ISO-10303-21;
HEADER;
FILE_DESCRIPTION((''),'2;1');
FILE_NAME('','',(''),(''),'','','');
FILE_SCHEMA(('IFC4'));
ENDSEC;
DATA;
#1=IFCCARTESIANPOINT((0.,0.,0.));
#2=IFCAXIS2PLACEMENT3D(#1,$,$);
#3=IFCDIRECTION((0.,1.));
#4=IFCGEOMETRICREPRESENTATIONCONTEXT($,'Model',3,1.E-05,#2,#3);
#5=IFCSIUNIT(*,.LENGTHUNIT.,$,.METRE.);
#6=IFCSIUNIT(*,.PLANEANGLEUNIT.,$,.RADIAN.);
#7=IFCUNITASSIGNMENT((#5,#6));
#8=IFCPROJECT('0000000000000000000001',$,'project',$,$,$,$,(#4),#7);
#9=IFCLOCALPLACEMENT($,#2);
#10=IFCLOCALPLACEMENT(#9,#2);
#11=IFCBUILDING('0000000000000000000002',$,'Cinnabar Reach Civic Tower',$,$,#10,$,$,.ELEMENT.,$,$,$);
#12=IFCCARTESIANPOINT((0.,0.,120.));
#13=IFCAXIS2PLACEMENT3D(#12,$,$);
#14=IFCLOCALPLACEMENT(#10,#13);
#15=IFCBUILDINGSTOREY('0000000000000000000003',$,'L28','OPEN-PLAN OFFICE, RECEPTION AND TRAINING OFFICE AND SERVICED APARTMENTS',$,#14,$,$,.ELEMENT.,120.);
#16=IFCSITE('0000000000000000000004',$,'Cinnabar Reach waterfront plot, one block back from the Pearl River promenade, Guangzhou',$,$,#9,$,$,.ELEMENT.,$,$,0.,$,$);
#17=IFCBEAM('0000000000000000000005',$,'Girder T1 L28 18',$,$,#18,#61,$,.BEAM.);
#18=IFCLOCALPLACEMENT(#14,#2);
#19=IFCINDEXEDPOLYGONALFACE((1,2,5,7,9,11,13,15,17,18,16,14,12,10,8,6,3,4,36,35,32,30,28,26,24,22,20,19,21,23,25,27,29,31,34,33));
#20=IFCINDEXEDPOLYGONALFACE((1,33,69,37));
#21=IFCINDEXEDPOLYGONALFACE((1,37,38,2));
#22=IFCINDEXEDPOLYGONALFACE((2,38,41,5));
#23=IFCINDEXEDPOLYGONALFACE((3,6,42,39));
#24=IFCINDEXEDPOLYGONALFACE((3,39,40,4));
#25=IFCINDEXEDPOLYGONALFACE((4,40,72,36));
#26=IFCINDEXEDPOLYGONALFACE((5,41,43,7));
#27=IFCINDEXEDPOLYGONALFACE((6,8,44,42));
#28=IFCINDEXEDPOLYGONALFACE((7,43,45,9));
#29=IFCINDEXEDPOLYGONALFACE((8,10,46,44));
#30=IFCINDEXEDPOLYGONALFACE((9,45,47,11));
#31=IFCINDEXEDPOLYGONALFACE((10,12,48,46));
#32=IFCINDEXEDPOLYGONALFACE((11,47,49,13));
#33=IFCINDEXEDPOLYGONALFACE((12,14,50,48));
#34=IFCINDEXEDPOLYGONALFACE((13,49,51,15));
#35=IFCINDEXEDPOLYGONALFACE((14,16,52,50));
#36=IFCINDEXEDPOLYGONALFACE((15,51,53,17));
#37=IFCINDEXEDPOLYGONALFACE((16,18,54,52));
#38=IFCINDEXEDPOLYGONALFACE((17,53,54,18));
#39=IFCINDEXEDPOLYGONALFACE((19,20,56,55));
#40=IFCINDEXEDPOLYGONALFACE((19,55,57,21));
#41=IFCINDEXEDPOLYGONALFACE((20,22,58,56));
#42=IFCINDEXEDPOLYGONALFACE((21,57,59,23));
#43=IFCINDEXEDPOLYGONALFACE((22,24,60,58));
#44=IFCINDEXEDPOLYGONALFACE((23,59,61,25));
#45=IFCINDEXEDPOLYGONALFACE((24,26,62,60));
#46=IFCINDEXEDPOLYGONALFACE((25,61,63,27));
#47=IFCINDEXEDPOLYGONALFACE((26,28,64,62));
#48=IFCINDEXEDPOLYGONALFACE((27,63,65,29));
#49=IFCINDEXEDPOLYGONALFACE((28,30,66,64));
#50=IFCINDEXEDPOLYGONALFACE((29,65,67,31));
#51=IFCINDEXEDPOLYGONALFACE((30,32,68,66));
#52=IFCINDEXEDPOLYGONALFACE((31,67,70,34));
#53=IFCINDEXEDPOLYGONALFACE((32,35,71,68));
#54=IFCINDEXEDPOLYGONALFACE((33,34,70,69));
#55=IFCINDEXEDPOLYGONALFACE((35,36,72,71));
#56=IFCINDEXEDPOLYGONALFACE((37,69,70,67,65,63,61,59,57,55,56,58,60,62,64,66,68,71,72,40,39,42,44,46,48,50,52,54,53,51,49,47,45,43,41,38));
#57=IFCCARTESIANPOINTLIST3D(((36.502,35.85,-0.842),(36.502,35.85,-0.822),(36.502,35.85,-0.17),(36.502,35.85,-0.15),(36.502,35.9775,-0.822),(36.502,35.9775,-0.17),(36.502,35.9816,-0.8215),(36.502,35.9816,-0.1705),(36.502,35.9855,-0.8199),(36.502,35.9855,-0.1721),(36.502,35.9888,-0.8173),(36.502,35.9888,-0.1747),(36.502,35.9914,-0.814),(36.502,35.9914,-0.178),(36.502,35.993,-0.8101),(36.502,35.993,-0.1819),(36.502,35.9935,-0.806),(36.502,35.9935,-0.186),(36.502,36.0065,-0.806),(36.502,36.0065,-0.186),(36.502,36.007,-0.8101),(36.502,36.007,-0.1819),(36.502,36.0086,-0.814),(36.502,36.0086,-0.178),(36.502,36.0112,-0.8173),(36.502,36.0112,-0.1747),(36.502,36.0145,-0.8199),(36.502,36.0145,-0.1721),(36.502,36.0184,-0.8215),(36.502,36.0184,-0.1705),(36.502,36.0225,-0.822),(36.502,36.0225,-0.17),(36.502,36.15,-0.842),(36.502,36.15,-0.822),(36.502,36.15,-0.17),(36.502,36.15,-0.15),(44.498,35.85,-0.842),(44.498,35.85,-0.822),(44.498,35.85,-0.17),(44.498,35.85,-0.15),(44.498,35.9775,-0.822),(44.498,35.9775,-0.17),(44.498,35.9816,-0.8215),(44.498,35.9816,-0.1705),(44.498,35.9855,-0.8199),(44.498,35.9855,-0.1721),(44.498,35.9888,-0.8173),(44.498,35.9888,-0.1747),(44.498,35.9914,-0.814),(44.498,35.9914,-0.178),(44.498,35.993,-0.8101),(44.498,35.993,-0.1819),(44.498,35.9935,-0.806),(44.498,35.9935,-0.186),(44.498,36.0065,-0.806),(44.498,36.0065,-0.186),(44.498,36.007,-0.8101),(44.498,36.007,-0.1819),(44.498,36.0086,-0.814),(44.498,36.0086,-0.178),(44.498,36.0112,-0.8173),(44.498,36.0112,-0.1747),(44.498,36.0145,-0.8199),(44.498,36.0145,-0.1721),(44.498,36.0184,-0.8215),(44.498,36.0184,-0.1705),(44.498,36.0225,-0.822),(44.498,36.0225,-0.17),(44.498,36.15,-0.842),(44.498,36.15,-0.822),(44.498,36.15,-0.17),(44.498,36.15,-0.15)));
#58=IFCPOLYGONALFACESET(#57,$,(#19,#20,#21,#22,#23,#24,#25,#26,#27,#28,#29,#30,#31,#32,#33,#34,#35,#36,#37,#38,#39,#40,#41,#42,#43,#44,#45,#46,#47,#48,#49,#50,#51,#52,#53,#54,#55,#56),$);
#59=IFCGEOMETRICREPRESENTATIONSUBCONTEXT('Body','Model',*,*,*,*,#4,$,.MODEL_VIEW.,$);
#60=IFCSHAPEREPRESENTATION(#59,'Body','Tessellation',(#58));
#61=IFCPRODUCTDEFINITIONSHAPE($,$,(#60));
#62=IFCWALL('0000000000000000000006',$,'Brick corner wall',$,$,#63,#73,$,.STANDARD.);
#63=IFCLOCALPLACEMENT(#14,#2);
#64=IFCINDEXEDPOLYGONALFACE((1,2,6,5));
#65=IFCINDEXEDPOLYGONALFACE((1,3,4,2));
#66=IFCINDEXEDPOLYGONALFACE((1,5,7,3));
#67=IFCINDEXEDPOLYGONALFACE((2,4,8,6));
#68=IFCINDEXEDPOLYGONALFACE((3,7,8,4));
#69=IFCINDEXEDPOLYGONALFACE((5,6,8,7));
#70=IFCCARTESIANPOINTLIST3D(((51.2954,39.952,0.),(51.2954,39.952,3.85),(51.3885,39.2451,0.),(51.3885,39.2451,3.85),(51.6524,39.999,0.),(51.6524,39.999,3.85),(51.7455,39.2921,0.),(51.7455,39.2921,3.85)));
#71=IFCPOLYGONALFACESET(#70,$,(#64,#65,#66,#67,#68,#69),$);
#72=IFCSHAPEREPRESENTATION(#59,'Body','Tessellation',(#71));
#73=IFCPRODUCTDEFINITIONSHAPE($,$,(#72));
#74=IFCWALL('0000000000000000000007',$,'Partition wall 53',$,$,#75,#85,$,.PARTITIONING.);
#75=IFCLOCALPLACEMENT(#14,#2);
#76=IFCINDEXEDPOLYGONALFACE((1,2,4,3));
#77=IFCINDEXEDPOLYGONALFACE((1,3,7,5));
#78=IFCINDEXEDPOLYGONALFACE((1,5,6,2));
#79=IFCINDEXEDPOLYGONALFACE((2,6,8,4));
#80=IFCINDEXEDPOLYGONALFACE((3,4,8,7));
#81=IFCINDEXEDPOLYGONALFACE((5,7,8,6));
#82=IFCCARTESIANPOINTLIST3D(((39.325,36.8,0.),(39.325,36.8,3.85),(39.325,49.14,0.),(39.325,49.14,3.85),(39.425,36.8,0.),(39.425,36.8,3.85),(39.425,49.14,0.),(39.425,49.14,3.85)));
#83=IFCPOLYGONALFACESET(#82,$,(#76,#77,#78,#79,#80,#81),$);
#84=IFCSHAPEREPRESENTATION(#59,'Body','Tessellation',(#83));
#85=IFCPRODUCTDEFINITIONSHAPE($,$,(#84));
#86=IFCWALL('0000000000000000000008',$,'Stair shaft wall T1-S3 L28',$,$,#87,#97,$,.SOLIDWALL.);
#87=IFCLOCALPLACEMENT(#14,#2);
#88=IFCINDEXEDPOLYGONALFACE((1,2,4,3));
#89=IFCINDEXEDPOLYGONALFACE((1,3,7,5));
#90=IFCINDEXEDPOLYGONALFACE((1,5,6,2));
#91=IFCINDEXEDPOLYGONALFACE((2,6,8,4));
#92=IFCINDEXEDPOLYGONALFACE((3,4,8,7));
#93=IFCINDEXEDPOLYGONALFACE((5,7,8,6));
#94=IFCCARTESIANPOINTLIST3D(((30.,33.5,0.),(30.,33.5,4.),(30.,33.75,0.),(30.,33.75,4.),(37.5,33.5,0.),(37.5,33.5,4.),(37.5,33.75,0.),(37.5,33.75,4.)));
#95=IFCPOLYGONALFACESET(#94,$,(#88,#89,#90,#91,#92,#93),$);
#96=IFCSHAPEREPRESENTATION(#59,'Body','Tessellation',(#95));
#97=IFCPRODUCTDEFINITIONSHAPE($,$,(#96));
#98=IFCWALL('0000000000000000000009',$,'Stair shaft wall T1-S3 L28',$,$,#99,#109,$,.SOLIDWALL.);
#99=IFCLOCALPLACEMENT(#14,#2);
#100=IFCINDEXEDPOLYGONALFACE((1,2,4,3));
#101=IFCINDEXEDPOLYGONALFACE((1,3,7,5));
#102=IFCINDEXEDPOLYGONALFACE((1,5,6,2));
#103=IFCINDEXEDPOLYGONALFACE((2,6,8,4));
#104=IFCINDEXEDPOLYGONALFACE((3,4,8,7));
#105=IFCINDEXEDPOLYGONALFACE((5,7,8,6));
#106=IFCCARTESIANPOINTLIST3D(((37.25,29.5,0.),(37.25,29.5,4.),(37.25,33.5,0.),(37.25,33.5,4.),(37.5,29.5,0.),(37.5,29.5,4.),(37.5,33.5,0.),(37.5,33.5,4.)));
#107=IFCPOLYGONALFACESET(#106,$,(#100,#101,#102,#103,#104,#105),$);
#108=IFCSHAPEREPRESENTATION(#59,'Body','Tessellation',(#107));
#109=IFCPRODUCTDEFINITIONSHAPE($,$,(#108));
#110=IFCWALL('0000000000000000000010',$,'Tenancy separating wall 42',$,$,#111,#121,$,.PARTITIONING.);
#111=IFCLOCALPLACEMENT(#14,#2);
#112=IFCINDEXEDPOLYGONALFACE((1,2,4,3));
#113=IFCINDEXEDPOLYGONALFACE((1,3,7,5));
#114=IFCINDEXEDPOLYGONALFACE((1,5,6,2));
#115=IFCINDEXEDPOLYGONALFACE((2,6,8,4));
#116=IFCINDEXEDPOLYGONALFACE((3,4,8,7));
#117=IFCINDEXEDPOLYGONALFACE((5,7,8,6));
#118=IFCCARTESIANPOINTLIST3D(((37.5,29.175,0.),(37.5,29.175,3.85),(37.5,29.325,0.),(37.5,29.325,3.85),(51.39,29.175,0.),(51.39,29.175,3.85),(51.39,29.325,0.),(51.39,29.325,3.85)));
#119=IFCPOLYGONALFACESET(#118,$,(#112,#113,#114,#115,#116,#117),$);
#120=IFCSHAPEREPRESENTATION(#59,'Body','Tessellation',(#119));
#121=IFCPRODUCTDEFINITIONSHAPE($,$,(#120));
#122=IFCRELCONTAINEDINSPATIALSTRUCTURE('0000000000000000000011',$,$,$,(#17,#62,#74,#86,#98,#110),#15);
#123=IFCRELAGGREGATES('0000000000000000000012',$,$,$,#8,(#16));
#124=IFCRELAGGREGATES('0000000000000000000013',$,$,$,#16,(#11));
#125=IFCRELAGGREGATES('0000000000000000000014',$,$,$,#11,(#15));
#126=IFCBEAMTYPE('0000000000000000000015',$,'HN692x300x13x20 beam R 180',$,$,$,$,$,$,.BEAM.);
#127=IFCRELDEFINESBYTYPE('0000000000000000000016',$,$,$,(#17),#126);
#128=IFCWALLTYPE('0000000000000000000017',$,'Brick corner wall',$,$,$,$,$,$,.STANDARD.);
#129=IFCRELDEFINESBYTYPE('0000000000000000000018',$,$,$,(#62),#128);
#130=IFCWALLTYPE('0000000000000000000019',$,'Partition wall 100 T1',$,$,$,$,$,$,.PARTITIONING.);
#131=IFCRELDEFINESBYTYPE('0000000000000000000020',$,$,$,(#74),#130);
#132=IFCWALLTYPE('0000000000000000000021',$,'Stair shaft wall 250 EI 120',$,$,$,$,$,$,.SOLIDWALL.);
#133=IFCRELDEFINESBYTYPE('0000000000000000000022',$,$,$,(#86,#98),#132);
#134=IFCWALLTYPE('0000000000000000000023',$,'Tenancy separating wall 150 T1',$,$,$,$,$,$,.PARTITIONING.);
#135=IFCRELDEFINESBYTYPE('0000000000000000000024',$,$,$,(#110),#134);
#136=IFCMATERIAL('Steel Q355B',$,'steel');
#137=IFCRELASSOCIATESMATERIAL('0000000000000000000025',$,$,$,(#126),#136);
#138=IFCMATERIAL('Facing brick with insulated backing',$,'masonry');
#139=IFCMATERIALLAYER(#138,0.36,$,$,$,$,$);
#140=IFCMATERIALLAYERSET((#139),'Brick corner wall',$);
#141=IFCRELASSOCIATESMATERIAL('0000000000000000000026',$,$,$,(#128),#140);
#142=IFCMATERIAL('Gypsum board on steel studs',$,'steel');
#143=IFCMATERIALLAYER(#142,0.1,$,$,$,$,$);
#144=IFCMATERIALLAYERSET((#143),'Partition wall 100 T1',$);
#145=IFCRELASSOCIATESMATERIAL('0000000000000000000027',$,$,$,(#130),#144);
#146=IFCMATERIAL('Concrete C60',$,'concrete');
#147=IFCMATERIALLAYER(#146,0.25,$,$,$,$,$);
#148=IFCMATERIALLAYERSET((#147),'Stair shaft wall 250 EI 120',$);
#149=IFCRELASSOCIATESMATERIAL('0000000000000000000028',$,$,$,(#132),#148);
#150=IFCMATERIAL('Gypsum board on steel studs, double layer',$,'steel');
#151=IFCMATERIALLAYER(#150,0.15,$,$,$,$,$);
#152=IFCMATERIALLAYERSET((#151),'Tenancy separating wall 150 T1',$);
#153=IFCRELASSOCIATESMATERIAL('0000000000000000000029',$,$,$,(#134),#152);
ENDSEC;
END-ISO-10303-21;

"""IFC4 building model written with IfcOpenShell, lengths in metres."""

from ifc_helpers import new_model, si_unit, direction, frame, frame_2d, origin, origin_2d, place, context, subcontext, project, spatial, rectangle, i_section, extrude, material, layer, layer_set, material_profile, profile_set, type_object, element, save


model = new_model("IFC4")

# Units and contexts
model_context = context("Model", 3, precision=1e-05, world=origin(), true_north=direction((0.0, 1.0)))
body_context = subcontext(model_context, "Body", "Model", "MODEL_VIEW")
ifc_project = project(units=[si_unit("LENGTHUNIT", "METRE"), si_unit("PLANEANGLEUNIT", "RADIAN")], contexts=[model_context])

# Site, building, storey
site_placement = place(None, origin())
site = spatial("IfcSite", under=ifc_project, at=site_placement, Name="Cinnabar Reach waterfront plot, one block back from the Pearl River promenade, Guangzhou", CompositionType="ELEMENT", RefElevation=0.0)
building_placement = place(site_placement, origin())
building = spatial("IfcBuilding", under=site, at=building_placement, Name="Cinnabar Reach Civic Tower", CompositionType="ELEMENT")
storey_placement = place(building_placement, frame((0.0, 0.0, 120.0)))
storey = spatial("IfcBuildingStorey", under=building, at=storey_placement, Name="L28", Description="OPEN-PLAN OFFICE, RECEPTION AND TRAINING OFFICE AND SERVICED APARTMENTS", CompositionType="ELEMENT", Elevation=120.0)

# Beam
ifc_material_1 = material(Name="Steel Q355B", Category="steel")
ifc_material_profile_1 = material_profile(ifc_material_1, i_section(OverallWidth=0.3, OverallDepth=0.692, WebThickness=0.013, FlangeThickness=0.02, FilletRadius=0.016, at=origin_2d()), Name="HN692x300x13x20")
ifc_profile_set_1 = profile_set([ifc_material_profile_1], Name="Steel Q355B")
beam_type_1 = type_object("IfcBeamType", Name="HN692x300x13x20 beam R 180", PredefinedType="BEAM", material=ifc_profile_set_1)
beam_1_placement = place(storey_placement, frame((36.502, 36.0, -0.496), z_axis=(1.0, 0.0, 0.0), x_axis=(0.0, 1.0, 0.0)))
element("IfcBeam", 1, at=beam_1_placement, inside=storey, type_object=beam_type_1, Name="Girder T1 L28 18", PredefinedType="BEAM", context=body_context, shape_type="SweptSolid", body=[
    extrude(i_section(OverallWidth=0.3, OverallDepth=0.692, WebThickness=0.013, FlangeThickness=0.02, FilletRadius=0.016, at=origin_2d()), origin(), (0.0, 0.0, 1.0), 7.996),
])

# Walls
ifc_material_2 = material(Name="Facing brick with insulated backing", Category="masonry")
ifc_layer_1 = layer(ifc_material_2, 0.36)
ifc_layer_set_1 = layer_set([ifc_layer_1], Name="Brick corner wall")
wall_type_1 = type_object("IfcWallType", Name="Brick corner wall", PredefinedType="STANDARD", material=ifc_layer_set_1)
wall_1_placement = place(storey_placement, frame((51.567, 39.2686, 0.0), z_axis=(0.0, 0.0, 1.0), x_axis=(-0.130556, 0.991441, 0.0)))
element("IfcWall", 2, at=wall_1_placement, inside=storey, type_object=wall_type_1, Name="Brick corner wall", PredefinedType="STANDARD", context=body_context, shape_type="SweptSolid", body=[
    extrude(rectangle(XDim=0.7131, YDim=0.36, at=frame_2d((0.3565, 0.0))), origin(), (0.0, 0.0, 1.0), 3.85),
])
ifc_material_3 = material(Name="Gypsum board on steel studs", Category="steel")
ifc_layer_2 = layer(ifc_material_3, 0.1)
ifc_layer_set_2 = layer_set([ifc_layer_2], Name="Partition wall 100 T1")
wall_type_2 = type_object("IfcWallType", Name="Partition wall 100 T1", PredefinedType="PARTITIONING", material=ifc_layer_set_2)
wall_2_placement = place(storey_placement, frame((39.375, 36.8, 0.0), z_axis=(0.0, 0.0, 1.0), x_axis=(0.0, 1.0, 0.0)))
element("IfcWall", 3, at=wall_2_placement, inside=storey, type_object=wall_type_2, Name="Partition wall 53", PredefinedType="PARTITIONING", context=body_context, shape_type="SweptSolid", body=[
    extrude(rectangle(XDim=12.34, YDim=0.1, at=frame_2d((6.17, 0.0))), origin(), (0.0, 0.0, 1.0), 3.85),
])
ifc_material_4 = material(Name="Concrete C60", Category="concrete")
ifc_layer_3 = layer(ifc_material_4, 0.25)
ifc_layer_set_3 = layer_set([ifc_layer_3], Name="Stair shaft wall 250 EI 120")
wall_type_3 = type_object("IfcWallType", Name="Stair shaft wall 250 EI 120", PredefinedType="SOLIDWALL", material=ifc_layer_set_3)
wall_3_placement = place(storey_placement, frame((37.5, 33.625, 0.0), z_axis=(0.0, 0.0, 1.0), x_axis=(-1.0, 0.0, 0.0)))
element("IfcWall", 4, at=wall_3_placement, inside=storey, type_object=wall_type_3, Name="Stair shaft wall T1-S3 L28", PredefinedType="SOLIDWALL", context=body_context, shape_type="SweptSolid", body=[
    extrude(rectangle(XDim=7.5, YDim=0.25, at=frame_2d((3.75, 0.0))), origin(), (0.0, 0.0, 1.0), 4.0),
])
wall_4_placement = place(storey_placement, frame((37.375, 29.5, 0.0), z_axis=(0.0, 0.0, 1.0), x_axis=(0.0, 1.0, 0.0)))
element("IfcWall", 5, at=wall_4_placement, inside=storey, type_object=wall_type_3, Name="Stair shaft wall T1-S3 L28", PredefinedType="SOLIDWALL", context=body_context, shape_type="SweptSolid", body=[
    extrude(rectangle(XDim=4.0, YDim=0.25, at=frame_2d((2.0, 0.0))), origin(), (0.0, 0.0, 1.0), 4.0),
])
ifc_material_5 = material(Name="Gypsum board on steel studs, double layer", Category="steel")
ifc_layer_4 = layer(ifc_material_5, 0.15)
ifc_layer_set_4 = layer_set([ifc_layer_4], Name="Tenancy separating wall 150 T1")
wall_type_4 = type_object("IfcWallType", Name="Tenancy separating wall 150 T1", PredefinedType="PARTITIONING", material=ifc_layer_set_4)
wall_5_placement = place(storey_placement, frame((37.5, 29.25, 0.0), z_axis=(0.0, 0.0, 1.0), x_axis=(1.0, 0.0, 0.0)))
element("IfcWall", 6, at=wall_5_placement, inside=storey, type_object=wall_type_4, Name="Tenancy separating wall 42", PredefinedType="PARTITIONING", context=body_context, shape_type="SweptSolid", body=[
    extrude(rectangle(XDim=13.89, YDim=0.15, at=frame_2d((6.945, 0.0))), origin(), (0.0, 0.0, 1.0), 3.85),
])

save(model, "model.ifc")
